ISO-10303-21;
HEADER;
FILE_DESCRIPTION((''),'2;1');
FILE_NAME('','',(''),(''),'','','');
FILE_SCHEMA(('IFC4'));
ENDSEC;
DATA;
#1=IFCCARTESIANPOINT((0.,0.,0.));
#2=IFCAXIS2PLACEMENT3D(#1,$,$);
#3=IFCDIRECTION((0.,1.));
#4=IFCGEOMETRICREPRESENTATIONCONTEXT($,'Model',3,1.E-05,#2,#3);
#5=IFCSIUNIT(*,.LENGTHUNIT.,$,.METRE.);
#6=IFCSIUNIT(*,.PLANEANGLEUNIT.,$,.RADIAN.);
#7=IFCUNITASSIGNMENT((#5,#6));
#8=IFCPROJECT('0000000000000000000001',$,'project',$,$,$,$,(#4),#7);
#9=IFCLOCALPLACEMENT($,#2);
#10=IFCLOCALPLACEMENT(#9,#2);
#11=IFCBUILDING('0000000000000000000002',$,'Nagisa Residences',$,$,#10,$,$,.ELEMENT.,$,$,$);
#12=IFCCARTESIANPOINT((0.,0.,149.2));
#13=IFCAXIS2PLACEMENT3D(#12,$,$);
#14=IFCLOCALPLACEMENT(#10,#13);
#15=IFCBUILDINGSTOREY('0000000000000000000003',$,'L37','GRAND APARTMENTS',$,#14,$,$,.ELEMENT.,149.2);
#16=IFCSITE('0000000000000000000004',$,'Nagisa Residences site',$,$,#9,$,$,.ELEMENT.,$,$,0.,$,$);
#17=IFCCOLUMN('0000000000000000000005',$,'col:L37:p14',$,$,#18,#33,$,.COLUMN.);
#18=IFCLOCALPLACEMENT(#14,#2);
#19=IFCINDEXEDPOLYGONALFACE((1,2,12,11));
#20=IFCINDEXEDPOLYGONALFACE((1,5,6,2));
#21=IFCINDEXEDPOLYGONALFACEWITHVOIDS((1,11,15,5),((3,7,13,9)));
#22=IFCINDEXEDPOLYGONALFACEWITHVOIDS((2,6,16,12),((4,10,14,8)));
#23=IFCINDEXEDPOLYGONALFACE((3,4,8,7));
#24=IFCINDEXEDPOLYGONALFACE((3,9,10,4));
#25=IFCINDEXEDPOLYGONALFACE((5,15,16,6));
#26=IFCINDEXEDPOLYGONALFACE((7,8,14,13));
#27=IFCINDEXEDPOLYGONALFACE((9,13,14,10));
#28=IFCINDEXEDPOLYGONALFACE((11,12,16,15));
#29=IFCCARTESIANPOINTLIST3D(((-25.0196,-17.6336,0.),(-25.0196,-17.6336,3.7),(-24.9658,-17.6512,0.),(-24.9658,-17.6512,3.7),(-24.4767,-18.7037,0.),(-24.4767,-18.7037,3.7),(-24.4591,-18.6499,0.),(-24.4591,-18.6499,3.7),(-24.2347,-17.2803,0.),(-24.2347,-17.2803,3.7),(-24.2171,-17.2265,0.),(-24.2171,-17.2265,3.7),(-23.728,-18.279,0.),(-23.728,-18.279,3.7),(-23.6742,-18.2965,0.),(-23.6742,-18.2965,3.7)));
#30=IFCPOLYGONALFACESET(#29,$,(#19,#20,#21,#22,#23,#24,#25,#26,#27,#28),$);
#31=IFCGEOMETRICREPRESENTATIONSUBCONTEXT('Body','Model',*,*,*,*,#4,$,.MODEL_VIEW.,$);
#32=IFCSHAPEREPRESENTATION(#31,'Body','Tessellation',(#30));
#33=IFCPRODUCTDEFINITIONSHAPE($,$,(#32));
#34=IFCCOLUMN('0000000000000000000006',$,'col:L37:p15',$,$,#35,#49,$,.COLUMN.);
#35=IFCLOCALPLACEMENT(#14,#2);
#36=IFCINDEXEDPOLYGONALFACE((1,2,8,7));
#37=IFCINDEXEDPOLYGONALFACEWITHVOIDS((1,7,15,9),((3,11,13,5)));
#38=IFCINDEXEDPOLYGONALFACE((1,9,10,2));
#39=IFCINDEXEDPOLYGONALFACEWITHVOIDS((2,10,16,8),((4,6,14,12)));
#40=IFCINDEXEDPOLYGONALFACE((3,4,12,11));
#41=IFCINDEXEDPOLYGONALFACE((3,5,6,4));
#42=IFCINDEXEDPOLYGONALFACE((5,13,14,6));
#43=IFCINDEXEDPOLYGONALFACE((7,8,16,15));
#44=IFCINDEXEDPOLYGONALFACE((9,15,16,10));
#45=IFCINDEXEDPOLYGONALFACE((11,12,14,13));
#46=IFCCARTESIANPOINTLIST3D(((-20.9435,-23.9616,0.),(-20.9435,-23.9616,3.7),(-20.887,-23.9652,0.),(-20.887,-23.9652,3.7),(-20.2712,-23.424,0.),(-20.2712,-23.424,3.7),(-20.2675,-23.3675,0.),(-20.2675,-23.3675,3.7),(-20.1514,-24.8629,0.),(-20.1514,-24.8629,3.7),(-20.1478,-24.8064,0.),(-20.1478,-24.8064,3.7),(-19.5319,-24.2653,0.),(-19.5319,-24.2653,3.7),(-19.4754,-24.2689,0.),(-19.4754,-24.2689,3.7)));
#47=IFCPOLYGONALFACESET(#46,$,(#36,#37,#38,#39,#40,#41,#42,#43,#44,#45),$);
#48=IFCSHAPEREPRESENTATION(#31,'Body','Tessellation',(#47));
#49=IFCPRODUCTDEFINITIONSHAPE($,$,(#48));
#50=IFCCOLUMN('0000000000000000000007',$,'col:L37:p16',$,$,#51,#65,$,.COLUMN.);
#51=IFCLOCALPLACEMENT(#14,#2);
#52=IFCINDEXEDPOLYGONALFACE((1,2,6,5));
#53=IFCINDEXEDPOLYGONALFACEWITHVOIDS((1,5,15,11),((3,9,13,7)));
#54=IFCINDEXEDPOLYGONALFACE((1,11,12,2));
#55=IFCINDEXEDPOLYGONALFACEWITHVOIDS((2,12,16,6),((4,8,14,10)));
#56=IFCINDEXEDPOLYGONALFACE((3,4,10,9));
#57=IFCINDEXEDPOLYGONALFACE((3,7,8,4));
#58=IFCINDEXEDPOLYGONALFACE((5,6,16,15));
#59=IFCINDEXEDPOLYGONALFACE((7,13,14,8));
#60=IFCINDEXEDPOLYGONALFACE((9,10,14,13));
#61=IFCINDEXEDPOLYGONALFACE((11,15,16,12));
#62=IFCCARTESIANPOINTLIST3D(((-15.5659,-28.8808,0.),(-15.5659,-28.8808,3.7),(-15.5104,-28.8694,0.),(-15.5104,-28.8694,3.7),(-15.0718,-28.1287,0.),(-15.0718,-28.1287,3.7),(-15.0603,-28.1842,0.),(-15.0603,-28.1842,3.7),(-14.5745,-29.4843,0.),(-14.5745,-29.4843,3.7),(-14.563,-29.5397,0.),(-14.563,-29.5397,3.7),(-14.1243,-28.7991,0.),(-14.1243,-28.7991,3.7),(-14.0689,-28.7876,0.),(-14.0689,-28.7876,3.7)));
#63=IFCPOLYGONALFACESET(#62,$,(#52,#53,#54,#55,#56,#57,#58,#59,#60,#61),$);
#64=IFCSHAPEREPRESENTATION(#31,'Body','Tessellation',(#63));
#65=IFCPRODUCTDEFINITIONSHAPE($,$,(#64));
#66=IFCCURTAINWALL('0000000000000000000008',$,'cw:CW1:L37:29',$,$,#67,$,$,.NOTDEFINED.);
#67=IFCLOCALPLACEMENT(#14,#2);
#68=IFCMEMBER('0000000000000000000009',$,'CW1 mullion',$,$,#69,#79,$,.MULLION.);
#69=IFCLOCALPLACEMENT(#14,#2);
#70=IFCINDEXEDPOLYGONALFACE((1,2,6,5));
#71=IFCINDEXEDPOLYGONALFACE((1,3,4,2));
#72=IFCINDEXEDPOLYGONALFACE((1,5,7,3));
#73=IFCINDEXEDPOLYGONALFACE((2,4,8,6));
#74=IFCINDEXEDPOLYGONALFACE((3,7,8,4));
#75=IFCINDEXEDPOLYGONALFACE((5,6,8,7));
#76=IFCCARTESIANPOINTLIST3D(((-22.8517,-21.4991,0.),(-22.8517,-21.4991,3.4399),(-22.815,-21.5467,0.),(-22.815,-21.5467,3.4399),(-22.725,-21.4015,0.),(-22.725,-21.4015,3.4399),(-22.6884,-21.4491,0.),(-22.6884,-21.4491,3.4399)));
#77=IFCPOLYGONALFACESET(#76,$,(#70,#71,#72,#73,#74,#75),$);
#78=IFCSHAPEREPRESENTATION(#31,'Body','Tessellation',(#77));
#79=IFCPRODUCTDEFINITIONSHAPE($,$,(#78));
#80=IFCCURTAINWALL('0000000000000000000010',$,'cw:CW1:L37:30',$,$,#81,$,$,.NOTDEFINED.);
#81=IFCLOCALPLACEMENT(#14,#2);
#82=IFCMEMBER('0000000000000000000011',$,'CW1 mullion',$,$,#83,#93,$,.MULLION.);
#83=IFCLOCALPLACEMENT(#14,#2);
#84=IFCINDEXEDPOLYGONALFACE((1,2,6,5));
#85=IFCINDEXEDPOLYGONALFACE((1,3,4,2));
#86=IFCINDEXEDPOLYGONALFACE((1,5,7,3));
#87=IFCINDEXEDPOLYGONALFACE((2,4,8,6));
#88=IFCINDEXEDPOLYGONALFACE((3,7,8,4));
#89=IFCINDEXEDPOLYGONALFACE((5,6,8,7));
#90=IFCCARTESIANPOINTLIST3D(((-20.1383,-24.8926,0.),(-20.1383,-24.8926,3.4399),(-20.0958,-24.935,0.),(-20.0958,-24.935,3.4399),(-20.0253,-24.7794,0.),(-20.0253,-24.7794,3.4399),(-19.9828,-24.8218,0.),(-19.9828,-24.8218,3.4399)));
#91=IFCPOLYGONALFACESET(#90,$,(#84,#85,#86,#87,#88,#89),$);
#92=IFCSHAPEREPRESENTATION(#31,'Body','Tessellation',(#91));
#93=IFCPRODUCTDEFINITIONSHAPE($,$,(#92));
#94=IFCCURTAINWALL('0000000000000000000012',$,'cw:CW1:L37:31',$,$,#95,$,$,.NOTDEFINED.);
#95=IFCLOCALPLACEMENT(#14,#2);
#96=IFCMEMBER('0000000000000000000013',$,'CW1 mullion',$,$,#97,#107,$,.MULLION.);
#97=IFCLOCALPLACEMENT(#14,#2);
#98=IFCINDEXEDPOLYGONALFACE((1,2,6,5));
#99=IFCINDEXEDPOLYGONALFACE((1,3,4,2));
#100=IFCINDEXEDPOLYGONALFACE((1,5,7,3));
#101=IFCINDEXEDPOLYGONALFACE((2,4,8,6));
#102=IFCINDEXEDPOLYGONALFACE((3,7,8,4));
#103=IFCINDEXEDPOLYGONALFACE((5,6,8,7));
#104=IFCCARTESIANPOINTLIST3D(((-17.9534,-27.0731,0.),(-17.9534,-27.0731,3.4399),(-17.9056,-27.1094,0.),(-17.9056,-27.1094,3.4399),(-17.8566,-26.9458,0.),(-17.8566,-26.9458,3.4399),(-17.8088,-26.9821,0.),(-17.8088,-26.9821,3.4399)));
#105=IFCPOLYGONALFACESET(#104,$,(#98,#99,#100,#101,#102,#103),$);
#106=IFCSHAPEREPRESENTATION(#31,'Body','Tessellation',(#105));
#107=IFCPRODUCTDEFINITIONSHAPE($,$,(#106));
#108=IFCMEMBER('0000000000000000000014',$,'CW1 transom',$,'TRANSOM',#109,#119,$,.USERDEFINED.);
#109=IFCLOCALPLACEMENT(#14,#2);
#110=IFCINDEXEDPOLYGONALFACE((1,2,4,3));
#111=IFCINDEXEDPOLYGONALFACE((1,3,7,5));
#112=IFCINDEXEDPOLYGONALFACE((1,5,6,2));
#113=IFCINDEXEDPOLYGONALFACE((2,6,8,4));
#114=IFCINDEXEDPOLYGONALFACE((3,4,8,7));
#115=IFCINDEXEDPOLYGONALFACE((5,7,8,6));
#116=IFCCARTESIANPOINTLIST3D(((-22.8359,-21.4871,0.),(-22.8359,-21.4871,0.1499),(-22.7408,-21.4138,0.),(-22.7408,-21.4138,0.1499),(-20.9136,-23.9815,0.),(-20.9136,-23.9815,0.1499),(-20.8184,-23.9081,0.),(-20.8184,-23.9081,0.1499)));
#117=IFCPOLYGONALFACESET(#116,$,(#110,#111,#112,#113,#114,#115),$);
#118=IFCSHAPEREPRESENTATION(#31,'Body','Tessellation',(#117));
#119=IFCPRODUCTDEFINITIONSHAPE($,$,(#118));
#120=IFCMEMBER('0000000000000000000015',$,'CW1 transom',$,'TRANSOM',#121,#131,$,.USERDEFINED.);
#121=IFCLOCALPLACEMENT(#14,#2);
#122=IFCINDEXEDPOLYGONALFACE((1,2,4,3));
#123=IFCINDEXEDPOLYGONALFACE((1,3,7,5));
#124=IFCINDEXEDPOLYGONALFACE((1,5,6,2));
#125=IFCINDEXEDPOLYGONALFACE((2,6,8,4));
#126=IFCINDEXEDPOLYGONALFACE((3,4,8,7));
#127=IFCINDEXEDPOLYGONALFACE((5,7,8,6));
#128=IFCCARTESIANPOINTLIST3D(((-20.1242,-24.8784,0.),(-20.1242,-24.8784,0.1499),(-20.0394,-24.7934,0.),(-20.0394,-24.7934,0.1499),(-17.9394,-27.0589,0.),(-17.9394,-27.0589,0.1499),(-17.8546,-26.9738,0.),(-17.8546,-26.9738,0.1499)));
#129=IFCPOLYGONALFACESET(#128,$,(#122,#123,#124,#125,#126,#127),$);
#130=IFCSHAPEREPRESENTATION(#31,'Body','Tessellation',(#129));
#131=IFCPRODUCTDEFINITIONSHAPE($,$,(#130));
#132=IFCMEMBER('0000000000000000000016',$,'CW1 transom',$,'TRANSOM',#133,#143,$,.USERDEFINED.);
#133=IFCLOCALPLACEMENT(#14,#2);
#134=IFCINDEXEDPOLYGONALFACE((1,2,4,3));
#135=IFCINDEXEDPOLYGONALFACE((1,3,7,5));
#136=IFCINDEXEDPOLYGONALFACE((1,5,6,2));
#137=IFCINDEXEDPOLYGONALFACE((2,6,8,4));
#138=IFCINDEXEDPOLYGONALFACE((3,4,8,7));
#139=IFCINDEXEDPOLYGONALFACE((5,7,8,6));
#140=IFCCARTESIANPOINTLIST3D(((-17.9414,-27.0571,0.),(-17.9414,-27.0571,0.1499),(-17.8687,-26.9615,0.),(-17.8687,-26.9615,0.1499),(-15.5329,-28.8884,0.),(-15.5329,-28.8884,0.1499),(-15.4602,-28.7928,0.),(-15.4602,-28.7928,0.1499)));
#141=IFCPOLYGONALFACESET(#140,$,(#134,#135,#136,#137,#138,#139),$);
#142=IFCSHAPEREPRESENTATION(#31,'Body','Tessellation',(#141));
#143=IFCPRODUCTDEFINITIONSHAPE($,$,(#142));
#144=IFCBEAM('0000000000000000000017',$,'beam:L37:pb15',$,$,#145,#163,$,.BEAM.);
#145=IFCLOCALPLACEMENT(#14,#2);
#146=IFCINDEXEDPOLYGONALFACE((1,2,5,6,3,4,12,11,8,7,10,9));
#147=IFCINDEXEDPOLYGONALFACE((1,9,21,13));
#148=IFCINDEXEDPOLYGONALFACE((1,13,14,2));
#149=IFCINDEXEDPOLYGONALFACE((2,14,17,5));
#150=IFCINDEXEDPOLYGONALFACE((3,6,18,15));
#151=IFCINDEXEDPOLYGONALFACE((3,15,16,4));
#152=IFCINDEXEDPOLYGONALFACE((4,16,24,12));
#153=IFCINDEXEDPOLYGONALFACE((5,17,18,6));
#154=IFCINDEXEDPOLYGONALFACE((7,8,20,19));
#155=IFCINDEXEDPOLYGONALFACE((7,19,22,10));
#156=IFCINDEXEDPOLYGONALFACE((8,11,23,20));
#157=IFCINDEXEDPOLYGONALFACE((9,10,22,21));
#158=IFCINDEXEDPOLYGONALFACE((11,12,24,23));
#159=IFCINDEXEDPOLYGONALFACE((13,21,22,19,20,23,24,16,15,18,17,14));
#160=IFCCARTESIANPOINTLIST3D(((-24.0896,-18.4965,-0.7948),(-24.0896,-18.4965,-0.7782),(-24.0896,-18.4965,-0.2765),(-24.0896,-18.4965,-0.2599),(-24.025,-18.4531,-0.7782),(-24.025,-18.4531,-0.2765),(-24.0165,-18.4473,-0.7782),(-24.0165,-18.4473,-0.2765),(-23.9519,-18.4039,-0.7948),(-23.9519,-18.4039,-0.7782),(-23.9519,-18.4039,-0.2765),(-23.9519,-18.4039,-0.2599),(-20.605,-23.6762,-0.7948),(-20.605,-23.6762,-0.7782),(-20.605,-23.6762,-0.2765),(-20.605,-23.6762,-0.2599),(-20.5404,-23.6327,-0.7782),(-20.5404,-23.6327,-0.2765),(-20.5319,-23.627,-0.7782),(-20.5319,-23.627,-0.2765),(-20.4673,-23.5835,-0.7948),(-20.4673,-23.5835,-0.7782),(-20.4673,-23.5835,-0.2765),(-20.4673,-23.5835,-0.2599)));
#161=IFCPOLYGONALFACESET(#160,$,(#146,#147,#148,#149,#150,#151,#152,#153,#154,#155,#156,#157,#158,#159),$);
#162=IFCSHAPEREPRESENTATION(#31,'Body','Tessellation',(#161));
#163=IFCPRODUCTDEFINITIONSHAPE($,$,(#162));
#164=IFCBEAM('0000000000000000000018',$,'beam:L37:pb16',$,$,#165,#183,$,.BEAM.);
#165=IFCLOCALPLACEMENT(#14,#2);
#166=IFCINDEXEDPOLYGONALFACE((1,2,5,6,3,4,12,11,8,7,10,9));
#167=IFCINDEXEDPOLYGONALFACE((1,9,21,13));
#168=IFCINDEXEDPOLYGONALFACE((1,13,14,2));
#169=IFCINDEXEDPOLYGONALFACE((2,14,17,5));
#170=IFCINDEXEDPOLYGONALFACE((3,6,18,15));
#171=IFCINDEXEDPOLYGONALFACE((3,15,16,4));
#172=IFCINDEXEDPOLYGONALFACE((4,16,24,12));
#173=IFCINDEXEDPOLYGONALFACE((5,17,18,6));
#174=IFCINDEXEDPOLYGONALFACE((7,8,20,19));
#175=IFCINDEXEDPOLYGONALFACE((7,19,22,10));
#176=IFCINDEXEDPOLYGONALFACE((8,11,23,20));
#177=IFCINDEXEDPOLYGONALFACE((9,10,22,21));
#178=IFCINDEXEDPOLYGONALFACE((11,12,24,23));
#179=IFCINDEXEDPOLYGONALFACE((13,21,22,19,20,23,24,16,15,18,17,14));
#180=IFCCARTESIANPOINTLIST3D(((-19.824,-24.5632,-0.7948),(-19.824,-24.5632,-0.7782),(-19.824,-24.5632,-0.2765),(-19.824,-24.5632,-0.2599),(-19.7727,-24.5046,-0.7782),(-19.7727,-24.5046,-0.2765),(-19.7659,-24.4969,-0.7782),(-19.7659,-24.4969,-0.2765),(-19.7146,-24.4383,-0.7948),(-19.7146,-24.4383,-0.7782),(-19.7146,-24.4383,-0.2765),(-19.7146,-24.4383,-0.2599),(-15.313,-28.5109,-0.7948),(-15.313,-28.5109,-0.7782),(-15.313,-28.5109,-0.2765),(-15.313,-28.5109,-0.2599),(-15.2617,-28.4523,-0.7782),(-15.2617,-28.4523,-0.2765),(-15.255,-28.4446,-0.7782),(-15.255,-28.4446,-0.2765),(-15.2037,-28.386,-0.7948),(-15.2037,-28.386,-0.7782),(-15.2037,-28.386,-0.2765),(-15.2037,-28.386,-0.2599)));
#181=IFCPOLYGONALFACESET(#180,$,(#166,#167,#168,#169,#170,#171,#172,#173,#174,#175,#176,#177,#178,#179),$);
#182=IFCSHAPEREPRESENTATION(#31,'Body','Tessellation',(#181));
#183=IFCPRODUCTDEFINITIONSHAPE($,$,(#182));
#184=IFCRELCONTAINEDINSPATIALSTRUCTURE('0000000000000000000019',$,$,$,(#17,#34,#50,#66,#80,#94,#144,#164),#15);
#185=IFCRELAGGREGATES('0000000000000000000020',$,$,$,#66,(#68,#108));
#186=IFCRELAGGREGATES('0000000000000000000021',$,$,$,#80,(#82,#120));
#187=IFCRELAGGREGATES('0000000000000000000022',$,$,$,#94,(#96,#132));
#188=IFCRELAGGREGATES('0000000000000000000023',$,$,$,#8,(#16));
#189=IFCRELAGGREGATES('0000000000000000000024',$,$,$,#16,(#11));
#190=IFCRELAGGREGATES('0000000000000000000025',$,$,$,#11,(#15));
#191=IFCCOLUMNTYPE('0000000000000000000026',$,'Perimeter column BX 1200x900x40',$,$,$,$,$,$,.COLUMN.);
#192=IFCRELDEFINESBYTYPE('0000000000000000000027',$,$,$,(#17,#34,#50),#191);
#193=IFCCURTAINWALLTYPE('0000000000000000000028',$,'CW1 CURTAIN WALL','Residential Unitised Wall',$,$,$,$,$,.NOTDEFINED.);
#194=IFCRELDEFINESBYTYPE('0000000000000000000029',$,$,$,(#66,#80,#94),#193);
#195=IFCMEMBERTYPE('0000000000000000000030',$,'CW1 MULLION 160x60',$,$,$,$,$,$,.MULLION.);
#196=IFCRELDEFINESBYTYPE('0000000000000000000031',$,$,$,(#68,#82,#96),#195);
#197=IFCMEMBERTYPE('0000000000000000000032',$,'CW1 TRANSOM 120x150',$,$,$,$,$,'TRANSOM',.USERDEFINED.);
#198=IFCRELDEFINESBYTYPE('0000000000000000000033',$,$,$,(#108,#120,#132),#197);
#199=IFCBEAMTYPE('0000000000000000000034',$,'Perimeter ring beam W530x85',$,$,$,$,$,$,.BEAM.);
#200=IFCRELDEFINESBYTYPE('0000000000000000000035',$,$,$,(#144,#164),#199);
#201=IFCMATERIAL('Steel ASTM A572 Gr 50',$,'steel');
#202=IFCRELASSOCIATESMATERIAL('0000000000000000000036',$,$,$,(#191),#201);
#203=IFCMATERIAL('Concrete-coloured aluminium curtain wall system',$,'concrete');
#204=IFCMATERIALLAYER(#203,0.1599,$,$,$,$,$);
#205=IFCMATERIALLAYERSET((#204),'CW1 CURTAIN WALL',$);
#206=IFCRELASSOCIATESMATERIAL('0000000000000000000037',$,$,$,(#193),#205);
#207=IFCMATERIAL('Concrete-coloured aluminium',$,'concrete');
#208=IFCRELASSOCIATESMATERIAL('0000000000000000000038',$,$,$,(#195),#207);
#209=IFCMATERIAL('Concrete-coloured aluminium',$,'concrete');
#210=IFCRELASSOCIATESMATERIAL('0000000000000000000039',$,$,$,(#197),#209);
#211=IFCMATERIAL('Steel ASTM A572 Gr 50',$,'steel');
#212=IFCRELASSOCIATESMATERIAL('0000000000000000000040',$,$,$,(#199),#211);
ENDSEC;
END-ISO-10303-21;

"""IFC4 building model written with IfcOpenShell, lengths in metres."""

from ifc_helpers import new_model, si_unit, direction, frame, origin, origin_2d, place, context, subcontext, project, spatial, rectangle, hollow_rectangle, i_section, extrude, material, layer, layer_set, material_profile, profile_set, type_object, element, aggregate, save


model = new_model("IFC4")

# Units and contexts
model_context = context("Model", 3, precision=1e-05, world=origin(), true_north=direction((0.0, 1.0)))
body_context = subcontext(model_context, "Body", "Model", "MODEL_VIEW")
ifc_project = project(units=[si_unit("LENGTHUNIT", "METRE"), si_unit("PLANEANGLEUNIT", "RADIAN")], contexts=[model_context])

# Site, building, storey
site_placement = place(None, origin())
site = spatial("IfcSite", under=ifc_project, at=site_placement, Name="Nagisa Residences site", CompositionType="ELEMENT", RefElevation=0.0)
building_placement = place(site_placement, origin())
building = spatial("IfcBuilding", under=site, at=building_placement, Name="Nagisa Residences", CompositionType="ELEMENT")
storey_placement = place(building_placement, frame((0.0, 0.0, 149.2)))
storey = spatial("IfcBuildingStorey", under=building, at=storey_placement, Name="L37", Description="GRAND APARTMENTS", CompositionType="ELEMENT", Elevation=149.2)

# Columns
ifc_material_1 = material(Name="Steel ASTM A572 Gr 50", Category="steel")
ifc_material_profile_1 = material_profile(ifc_material_1, hollow_rectangle(XDim=1.2, YDim=0.8999, WallThickness=0.04, at=origin_2d()), Name="BX 1200x900x40")
ifc_profile_set_1 = profile_set([ifc_material_profile_1], Name="Steel ASTM A572 Gr 50")
column_type = type_object("IfcColumnType", Name="Perimeter column BX 1200x900x40", PredefinedType="COLUMN", material=ifc_profile_set_1)
for number, where, z_axis, x_axis, name in (
    (1, (-24.3469, -17.9651, 0.0), (0.0, 0.0, 1.0), (0.452463, -0.891783, 0.0), "col:L37:p14"),
    (2, (-20.2095, -24.1152, 0.0), (0.0, 0.0, 1.0), (0.660115, -0.751165, 0.0), "col:L37:p15"),
    (3, (-14.8174, -28.8342, 0.0), (0.0, 0.0, 1.0), (0.835766, -0.549086, 0.0), "col:L37:p16"),
):
    element("IfcColumn", number, at=place(storey_placement, frame(where, z_axis=z_axis, x_axis=x_axis)), inside=storey, type_object=column_type, Name=name, PredefinedType="COLUMN", context=body_context, shape_type="SweptSolid", body=[
        extrude(hollow_rectangle(XDim=1.2, YDim=0.8999, WallThickness=0.04, at=origin_2d()), origin(), (0.0, 0.0, 1.0), 3.7),
    ])

# Curtain walls, members
ifc_material_2 = material(Name="Concrete-coloured aluminium curtain wall system", Category="concrete")
ifc_layer_1 = layer(ifc_material_2, 0.1599)
ifc_layer_set_1 = layer_set([ifc_layer_1], Name="CW1 CURTAIN WALL")
curtain_wall_type = type_object("IfcCurtainWallType", Name="CW1 CURTAIN WALL", Description="Residential Unitised Wall", PredefinedType="NOTDEFINED", material=ifc_layer_set_1)
curtain_wall_1_placement = place(storey_placement, origin())
curtain_wall_1 = element("IfcCurtainWall", 4, at=curtain_wall_1_placement, inside=storey, type_object=curtain_wall_type, Name="cw:CW1:L37:29", PredefinedType="NOTDEFINED")
ifc_material_3 = material(Name="Concrete-coloured aluminium", Category="concrete")
ifc_material_profile_2 = material_profile(ifc_material_3, rectangle(XDim=0.1599, YDim=0.0601, at=origin_2d()), Name="CW1 MULLION 160x60")
ifc_profile_set_2 = profile_set([ifc_material_profile_2], Name="Concrete-coloured aluminium")
member_type_1 = type_object("IfcMemberType", Name="CW1 MULLION 160x60", PredefinedType="MULLION", material=ifc_profile_set_2)
member_1_placement = place(storey_placement, frame((-22.77, -21.4741, 0.0), z_axis=(0.0, 0.0, 1.0), x_axis=(0.79207, 0.61043, 0.0)))
member_1 = element("IfcMember", 5, at=member_1_placement, type_object=member_type_1, Name="CW1 mullion", PredefinedType="MULLION", context=body_context, shape_type="SweptSolid", body=[
    extrude(rectangle(XDim=0.1599, YDim=0.0601, at=origin_2d()), origin(), (0.0, 0.0, 1.0), 3.4399),
])
curtain_wall_2_placement = place(storey_placement, origin())
curtain_wall_2 = element("IfcCurtainWall", 6, at=curtain_wall_2_placement, inside=storey, type_object=curtain_wall_type, Name="cw:CW1:L37:30", PredefinedType="NOTDEFINED")
member_2_placement = place(storey_placement, frame((-20.0605, -24.8572, 0.0), z_axis=(0.0, 0.0, 1.0), x_axis=(0.706377, 0.707836, 0.0)))
member_2 = element("IfcMember", 7, at=member_2_placement, type_object=member_type_1, Name="CW1 mullion", PredefinedType="MULLION", context=body_context, shape_type="SweptSolid", body=[
    extrude(rectangle(XDim=0.1599, YDim=0.0601, at=origin_2d()), origin(), (0.0, 0.0, 1.0), 3.4399),
])
curtain_wall_3_placement = place(storey_placement, origin())
curtain_wall_3 = element("IfcCurtainWall", 8, at=curtain_wall_3_placement, inside=storey, type_object=curtain_wall_type, Name="cw:CW1:L37:31", PredefinedType="NOTDEFINED")
member_3_placement = place(storey_placement, frame((-17.8811, -27.0276, 0.0), z_axis=(0.0, 0.0, 1.0), x_axis=(0.605255, 0.796031, 0.0)))
member_3 = element("IfcMember", 9, at=member_3_placement, type_object=member_type_1, Name="CW1 mullion", PredefinedType="MULLION", context=body_context, shape_type="SweptSolid", body=[
    extrude(rectangle(XDim=0.1599, YDim=0.0601, at=origin_2d()), origin(), (0.0, 0.0, 1.0), 3.4399),
])

# Members
ifc_material_4 = material(Name="Concrete-coloured aluminium", Category="concrete")
ifc_material_profile_3 = material_profile(ifc_material_4, rectangle(XDim=0.1201, YDim=0.1499, at=origin_2d()), Name="CW1 TRANSOM 120x150")
ifc_profile_set_3 = profile_set([ifc_material_profile_3], Name="Concrete-coloured aluminium")
member_type_2 = type_object("IfcMemberType", Name="CW1 TRANSOM 120x150", ElementType="TRANSOM", PredefinedType="USERDEFINED", material=ifc_profile_set_3)
member_4_placement = place(storey_placement, frame((-22.7883, -21.4504, 0.075), z_axis=(0.61043, -0.79207, 0.0), x_axis=(0.79207, 0.61043, 0.0)))
member_4 = element("IfcMember", 10, at=member_4_placement, type_object=member_type_2, Name="CW1 transom", ObjectType="TRANSOM", PredefinedType="USERDEFINED", context=body_context, shape_type="SweptSolid", body=[
    extrude(rectangle(XDim=0.1201, YDim=0.1499, at=origin_2d()), origin(), (0.0, 0.0, 1.0), 3.1492),
])
member_5_placement = place(storey_placement, frame((-20.0818, -24.8359, 0.075), z_axis=(0.707818, -0.706395, 0.0), x_axis=(0.706395, 0.707818, 0.0)))
member_5 = element("IfcMember", 11, at=member_5_placement, type_object=member_type_2, Name="CW1 transom", ObjectType="TRANSOM", PredefinedType="USERDEFINED", context=body_context, shape_type="SweptSolid", body=[
    extrude(rectangle(XDim=0.1201, YDim=0.1499, at=origin_2d()), origin(), (0.0, 0.0, 1.0), 3.0867),
])
member_6_placement = place(storey_placement, frame((-17.905, -27.0093, 0.075), z_axis=(0.796022, -0.605267, 0.0), x_axis=(0.605267, 0.796022, 0.0)))
member_6 = element("IfcMember", 12, at=member_6_placement, type_object=member_type_2, Name="CW1 transom", ObjectType="TRANSOM", PredefinedType="USERDEFINED", context=body_context, shape_type="SweptSolid", body=[
    extrude(rectangle(XDim=0.1201, YDim=0.1499, at=origin_2d()), origin(), (0.0, 0.0, 1.0), 3.0256),
])

# Beams
ifc_material_5 = material(Name="Steel ASTM A572 Gr 50", Category="steel")
ifc_material_profile_4 = material_profile(ifc_material_5, i_section(OverallWidth=0.166, OverallDepth=0.5349, WebThickness=0.0103, FlangeThickness=0.0166, at=origin_2d()), Name="W530x85")
ifc_profile_set_4 = profile_set([ifc_material_profile_4], Name="Steel ASTM A572 Gr 50")
beam_type_1 = type_object("IfcBeamType", Name="Perimeter ring beam W530x85", PredefinedType="BEAM", material=ifc_profile_set_4)
beam_1_placement = place(storey_placement, frame((-24.0208, -18.4502, -0.5273), z_axis=(0.558188, -0.829715, 0.0), x_axis=(0.829715, 0.558188, 0.0)))
element("IfcBeam", 13, at=beam_1_placement, inside=storey, type_object=beam_type_1, Name="beam:L37:pb15", PredefinedType="BEAM", context=body_context, shape_type="SweptSolid", body=[
    extrude(i_section(OverallWidth=0.166, OverallDepth=0.5349, WebThickness=0.0103, FlangeThickness=0.0166, at=origin_2d()), origin(), (0.0, 0.0, 1.0), 6.2427),
])
beam_2_placement = place(storey_placement, frame((-19.7693, -24.5007, -0.5273), z_axis=(0.752524, -0.658565, 0.0), x_axis=(0.658565, 0.752524, 0.0)))
element("IfcBeam", 14, at=beam_2_placement, inside=storey, type_object=beam_type_1, Name="beam:L37:pb16", PredefinedType="BEAM", context=body_context, shape_type="SweptSolid", body=[
    extrude(i_section(OverallWidth=0.166, OverallDepth=0.5349, WebThickness=0.0103, FlangeThickness=0.0166, at=origin_2d()), origin(), (0.0, 0.0, 1.0), 5.9944),
])

aggregate(curtain_wall_1, [member_1, member_4])
aggregate(curtain_wall_2, [member_2, member_5])
aggregate(curtain_wall_3, [member_3, member_6])

save(model, "model.ifc")
